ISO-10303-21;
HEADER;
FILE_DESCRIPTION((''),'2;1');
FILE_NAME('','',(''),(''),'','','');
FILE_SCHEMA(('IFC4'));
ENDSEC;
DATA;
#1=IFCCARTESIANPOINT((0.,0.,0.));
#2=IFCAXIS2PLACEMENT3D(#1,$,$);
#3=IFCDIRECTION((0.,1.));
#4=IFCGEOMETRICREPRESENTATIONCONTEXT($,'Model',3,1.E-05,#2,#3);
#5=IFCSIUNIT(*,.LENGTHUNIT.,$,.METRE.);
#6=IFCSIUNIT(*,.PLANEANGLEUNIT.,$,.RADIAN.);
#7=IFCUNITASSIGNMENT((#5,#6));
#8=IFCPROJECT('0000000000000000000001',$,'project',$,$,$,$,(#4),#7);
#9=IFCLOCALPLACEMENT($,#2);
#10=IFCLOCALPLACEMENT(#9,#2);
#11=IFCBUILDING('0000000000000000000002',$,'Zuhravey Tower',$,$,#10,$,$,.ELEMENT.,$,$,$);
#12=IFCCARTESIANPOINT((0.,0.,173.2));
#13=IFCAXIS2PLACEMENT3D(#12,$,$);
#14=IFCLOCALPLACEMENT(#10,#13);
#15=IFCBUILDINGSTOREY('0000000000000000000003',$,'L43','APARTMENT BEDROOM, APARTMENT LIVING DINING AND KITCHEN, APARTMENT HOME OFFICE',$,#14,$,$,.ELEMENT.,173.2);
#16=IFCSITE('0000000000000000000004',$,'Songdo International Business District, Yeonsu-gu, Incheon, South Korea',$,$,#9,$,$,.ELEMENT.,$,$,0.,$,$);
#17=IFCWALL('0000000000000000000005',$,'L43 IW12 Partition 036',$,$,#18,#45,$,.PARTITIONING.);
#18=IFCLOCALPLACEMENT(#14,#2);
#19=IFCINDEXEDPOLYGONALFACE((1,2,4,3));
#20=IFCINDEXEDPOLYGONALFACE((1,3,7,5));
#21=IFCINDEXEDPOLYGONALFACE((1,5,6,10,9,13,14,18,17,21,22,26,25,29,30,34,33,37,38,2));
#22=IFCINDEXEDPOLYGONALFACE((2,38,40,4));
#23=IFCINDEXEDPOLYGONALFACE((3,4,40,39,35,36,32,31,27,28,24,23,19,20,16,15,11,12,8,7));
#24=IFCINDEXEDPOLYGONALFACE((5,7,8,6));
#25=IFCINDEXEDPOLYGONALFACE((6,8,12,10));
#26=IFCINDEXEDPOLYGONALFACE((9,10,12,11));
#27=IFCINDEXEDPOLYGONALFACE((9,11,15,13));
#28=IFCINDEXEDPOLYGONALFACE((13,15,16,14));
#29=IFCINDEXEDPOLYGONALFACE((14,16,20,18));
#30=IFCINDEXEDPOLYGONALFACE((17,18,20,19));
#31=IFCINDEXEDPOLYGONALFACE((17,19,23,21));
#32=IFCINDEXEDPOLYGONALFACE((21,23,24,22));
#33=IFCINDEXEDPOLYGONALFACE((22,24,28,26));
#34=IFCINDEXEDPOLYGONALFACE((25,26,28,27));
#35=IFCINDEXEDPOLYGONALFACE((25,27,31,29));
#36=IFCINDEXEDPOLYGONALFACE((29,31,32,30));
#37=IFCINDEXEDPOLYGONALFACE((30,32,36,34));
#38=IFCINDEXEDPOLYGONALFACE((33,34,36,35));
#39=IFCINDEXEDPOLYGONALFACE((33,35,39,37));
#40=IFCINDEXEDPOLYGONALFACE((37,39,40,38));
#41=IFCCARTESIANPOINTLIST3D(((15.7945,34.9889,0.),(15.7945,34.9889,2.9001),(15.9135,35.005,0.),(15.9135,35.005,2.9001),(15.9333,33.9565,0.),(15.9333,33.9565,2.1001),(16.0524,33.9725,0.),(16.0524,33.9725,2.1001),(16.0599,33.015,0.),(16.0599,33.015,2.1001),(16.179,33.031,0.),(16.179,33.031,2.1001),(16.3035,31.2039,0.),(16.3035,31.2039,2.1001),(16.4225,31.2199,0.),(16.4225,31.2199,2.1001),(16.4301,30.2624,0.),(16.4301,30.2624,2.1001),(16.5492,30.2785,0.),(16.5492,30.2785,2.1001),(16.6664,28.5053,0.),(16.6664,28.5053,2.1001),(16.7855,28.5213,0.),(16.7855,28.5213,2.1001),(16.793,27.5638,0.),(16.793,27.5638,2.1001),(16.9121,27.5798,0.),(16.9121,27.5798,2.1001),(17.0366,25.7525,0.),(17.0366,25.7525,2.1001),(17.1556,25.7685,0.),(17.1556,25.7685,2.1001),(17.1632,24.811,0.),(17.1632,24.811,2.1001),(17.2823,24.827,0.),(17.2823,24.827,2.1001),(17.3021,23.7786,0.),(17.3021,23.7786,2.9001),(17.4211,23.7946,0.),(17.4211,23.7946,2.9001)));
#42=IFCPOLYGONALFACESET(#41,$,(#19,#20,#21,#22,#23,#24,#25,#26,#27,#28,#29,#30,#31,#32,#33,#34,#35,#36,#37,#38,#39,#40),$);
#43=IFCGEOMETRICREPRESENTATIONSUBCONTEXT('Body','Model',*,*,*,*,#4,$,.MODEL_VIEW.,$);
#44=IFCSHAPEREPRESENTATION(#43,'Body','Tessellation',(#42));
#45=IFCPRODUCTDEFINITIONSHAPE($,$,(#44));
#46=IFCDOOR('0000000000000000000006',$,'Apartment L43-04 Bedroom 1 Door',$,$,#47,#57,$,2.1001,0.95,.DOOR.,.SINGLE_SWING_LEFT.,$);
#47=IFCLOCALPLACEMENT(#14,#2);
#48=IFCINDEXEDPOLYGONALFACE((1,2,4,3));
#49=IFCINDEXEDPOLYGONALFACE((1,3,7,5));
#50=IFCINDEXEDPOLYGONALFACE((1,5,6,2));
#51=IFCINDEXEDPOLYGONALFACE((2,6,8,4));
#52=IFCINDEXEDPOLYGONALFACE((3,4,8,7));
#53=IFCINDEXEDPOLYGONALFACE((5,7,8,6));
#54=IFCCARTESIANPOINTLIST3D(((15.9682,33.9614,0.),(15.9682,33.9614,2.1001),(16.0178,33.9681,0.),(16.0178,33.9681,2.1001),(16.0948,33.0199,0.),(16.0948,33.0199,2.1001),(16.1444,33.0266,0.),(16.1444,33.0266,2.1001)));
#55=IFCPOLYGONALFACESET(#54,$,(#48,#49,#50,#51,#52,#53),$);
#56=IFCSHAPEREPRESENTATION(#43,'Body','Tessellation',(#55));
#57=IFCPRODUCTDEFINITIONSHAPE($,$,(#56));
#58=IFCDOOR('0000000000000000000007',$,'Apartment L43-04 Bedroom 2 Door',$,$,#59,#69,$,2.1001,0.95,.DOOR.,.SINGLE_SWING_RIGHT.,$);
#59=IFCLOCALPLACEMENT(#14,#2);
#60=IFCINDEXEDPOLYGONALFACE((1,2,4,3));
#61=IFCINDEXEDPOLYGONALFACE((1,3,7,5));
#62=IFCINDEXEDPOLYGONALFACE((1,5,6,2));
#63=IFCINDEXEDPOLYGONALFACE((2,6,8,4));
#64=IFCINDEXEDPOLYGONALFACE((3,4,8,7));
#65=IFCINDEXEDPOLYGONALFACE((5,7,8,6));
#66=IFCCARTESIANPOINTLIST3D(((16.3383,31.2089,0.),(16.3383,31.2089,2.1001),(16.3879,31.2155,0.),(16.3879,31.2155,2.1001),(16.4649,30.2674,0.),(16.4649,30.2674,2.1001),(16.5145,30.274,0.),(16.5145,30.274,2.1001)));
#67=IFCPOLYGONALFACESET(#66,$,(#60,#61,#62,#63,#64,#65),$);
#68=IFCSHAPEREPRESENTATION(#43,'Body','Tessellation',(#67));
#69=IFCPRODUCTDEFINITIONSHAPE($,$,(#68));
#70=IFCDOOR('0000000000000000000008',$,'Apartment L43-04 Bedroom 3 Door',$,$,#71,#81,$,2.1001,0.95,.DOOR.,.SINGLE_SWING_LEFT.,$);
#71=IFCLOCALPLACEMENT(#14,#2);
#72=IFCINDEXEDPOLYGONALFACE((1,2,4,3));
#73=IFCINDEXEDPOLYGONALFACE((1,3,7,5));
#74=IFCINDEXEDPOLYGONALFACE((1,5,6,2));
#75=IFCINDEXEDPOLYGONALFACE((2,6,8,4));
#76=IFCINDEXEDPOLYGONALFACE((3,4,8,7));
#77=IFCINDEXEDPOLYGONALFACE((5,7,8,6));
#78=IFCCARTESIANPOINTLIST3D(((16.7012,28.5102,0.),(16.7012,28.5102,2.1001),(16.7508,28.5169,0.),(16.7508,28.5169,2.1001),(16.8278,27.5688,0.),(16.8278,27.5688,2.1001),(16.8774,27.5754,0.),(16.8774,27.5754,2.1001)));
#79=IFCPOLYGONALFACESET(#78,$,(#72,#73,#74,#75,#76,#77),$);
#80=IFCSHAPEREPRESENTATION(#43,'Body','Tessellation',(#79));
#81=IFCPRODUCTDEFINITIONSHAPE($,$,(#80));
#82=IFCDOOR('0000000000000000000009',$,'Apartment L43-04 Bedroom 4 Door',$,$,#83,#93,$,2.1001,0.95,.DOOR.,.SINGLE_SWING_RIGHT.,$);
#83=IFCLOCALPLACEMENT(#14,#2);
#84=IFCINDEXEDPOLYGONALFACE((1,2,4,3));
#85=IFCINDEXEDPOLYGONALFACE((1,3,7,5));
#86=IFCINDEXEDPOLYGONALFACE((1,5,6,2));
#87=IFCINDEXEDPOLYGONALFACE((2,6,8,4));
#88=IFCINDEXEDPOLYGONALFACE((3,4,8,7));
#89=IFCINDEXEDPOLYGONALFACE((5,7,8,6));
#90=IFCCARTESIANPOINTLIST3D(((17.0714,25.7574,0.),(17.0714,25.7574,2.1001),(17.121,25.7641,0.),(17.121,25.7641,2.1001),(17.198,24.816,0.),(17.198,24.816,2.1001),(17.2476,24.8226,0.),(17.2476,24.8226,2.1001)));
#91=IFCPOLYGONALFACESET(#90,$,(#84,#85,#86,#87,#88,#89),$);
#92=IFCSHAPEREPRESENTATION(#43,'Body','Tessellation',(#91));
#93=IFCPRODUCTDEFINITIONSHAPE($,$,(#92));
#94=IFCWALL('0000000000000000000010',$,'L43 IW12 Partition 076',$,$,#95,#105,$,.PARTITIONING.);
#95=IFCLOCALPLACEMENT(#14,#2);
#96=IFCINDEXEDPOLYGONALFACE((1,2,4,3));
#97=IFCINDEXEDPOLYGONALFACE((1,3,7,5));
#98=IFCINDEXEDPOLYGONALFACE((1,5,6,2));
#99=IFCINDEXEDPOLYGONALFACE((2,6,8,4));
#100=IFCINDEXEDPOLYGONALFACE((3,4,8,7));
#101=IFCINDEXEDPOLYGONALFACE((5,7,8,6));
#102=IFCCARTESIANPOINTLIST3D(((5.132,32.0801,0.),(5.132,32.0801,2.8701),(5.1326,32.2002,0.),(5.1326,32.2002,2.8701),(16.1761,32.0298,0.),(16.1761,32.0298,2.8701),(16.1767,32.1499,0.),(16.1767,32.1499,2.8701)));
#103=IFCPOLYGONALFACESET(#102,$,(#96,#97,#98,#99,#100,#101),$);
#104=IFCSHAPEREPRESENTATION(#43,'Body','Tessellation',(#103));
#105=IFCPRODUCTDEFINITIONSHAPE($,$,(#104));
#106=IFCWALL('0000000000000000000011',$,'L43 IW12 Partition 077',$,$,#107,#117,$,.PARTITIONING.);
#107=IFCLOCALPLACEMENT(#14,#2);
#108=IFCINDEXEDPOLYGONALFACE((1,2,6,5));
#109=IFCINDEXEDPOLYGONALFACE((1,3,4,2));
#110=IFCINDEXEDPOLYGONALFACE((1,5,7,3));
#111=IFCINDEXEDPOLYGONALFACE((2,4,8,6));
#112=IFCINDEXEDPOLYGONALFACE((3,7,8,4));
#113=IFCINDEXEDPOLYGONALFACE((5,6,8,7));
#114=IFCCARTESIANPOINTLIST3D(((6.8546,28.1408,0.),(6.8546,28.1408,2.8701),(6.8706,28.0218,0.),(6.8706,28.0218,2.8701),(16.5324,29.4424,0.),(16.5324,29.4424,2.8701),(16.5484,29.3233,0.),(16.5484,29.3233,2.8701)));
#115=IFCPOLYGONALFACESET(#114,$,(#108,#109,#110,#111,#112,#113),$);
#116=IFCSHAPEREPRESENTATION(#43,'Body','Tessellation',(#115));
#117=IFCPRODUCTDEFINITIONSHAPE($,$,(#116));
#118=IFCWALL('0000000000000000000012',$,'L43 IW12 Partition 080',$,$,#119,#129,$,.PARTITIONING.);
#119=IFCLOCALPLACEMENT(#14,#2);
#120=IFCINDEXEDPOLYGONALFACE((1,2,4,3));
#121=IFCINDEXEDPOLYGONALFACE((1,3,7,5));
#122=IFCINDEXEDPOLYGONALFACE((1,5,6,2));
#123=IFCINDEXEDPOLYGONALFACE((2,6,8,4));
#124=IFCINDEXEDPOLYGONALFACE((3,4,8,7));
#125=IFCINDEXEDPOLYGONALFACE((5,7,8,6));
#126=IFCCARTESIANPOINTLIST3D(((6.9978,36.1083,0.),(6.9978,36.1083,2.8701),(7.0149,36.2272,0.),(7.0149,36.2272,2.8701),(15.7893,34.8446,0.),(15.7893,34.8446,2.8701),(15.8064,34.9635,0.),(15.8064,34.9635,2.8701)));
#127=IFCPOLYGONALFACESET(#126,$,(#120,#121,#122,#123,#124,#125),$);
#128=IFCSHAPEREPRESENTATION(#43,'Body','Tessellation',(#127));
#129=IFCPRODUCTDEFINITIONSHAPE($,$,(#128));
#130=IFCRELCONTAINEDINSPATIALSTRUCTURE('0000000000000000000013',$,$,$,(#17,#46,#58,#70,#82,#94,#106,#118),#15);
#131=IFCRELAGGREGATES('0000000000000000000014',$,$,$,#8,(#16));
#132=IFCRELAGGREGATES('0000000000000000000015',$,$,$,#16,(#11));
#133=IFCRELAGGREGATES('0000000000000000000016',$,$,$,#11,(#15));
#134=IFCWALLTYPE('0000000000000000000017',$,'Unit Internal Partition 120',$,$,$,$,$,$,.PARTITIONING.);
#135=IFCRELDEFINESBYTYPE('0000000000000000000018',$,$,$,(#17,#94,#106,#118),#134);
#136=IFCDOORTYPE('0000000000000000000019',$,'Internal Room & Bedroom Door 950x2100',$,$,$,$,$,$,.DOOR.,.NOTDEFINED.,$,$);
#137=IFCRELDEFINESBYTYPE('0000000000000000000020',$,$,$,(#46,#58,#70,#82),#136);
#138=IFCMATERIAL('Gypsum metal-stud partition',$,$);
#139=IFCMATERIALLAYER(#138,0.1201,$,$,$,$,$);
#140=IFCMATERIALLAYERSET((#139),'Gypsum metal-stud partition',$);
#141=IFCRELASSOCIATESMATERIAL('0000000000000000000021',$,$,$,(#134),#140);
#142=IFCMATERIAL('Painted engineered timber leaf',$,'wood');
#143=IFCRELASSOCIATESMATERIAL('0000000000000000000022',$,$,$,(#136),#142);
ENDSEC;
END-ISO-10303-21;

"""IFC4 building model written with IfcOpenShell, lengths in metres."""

from ifc_helpers import new_model, si_unit, direction, frame, frame_2d, origin, place, context, subcontext, project, spatial, rectangle, extrude, material, layer, layer_set, type_object, element, fill, save


model = new_model("IFC4")

# Units and contexts
model_context = context("Model", 3, precision=1e-05, world=origin(), true_north=direction((0.0, 1.0)))
body_context = subcontext(model_context, "Body", "Model", "MODEL_VIEW")
ifc_project = project(units=[si_unit("LENGTHUNIT", "METRE"), si_unit("PLANEANGLEUNIT", "RADIAN")], contexts=[model_context])

# Site, building, storey
site_placement = place(None, origin())
site = spatial("IfcSite", under=ifc_project, at=site_placement, Name="Songdo International Business District, Yeonsu-gu, Incheon, South Korea", CompositionType="ELEMENT", RefElevation=0.0)
building_placement = place(site_placement, origin())
building = spatial("IfcBuilding", under=site, at=building_placement, Name="Zuhravey Tower", CompositionType="ELEMENT")
storey_placement = place(building_placement, frame((0.0, 0.0, 173.2)))
storey = spatial("IfcBuildingStorey", under=building, at=storey_placement, Name="L43", Description="APARTMENT BEDROOM, APARTMENT LIVING DINING AND KITCHEN, APARTMENT HOME OFFICE", CompositionType="ELEMENT", Elevation=173.2)

# Wall, openings, doors
ifc_material_1 = material(Name="Gypsum metal-stud partition")
ifc_layer_1 = layer(ifc_material_1, 0.1201)
ifc_layer_set_1 = layer_set([ifc_layer_1], Name="Gypsum metal-stud partition")
wall_type_1 = type_object("IfcWallType", Name="Unit Internal Partition 120", PredefinedType="PARTITIONING", material=ifc_layer_set_1)
ifc_material_2 = material(Name="Painted engineered timber leaf", Category="wood")
door_type_1 = type_object("IfcDoorType", Name="Internal Room & Bedroom Door 950x2100", OperationType="NOTDEFINED", PredefinedType="DOOR", material=ifc_material_2)
wall_1_placement = place(storey_placement, frame((15.854, 34.9971, 0.0), z_axis=(0.0, 0.0, 1.0), x_axis=(0.133279, -0.991079, 0.0)))
wall_1 = element("IfcWall", 1, at=wall_1_placement, inside=storey, type_object=wall_type_1, Name="L43 IW12 Partition 036", PredefinedType="PARTITIONING", context=body_context, shape_type="SweptSolid", body=[
    extrude(rectangle(XDim=11.3113, YDim=0.1201, at=frame_2d((5.6558, 0.0))), origin(), (0.0, 0.0, 1.0), 2.9001),
])
opening_1_placement = place(wall_1_placement, frame((1.0417, 0.0, 0.0)))
opening_1 = element("IfcOpeningElement", 2, at=opening_1_placement, cuts=wall_1, PredefinedType="OPENING", context=body_context, shape_type="SweptSolid", body=[
    extrude(rectangle(XDim=0.95, YDim=2.1001, at=frame_2d((0.4751, 1.05))), frame((0.0, 0.072, 0.0), z_axis=(0.0, -1.0, 0.0), x_axis=(1.0, 0.0, 0.0)), (0.0, 0.0, 1.0), 0.144),
])
opening_2_placement = place(wall_1_placement, frame((3.8191, 0.0, 0.0)))
opening_2 = element("IfcOpeningElement", 3, at=opening_2_placement, cuts=wall_1, PredefinedType="OPENING", context=body_context, shape_type="SweptSolid", body=[
    extrude(rectangle(XDim=0.95, YDim=2.1001, at=frame_2d((0.4751, 1.05))), frame((0.0, 0.072, 0.0), z_axis=(0.0, -1.0, 0.0), x_axis=(1.0, 0.0, 0.0)), (0.0, 0.0, 1.0), 0.144),
])
opening_3_placement = place(wall_1_placement, frame((6.542, 0.0, 0.0)))
opening_3 = element("IfcOpeningElement", 4, at=opening_3_placement, cuts=wall_1, PredefinedType="OPENING", context=body_context, shape_type="SweptSolid", body=[
    extrude(rectangle(XDim=0.95, YDim=2.1001, at=frame_2d((0.4751, 1.05))), frame((0.0, 0.072, 0.0), z_axis=(0.0, -1.0, 0.0), x_axis=(1.0, 0.0, 0.0)), (0.0, 0.0, 1.0), 0.144),
])
opening_4_placement = place(wall_1_placement, frame((9.3196, 0.0, 0.0)))
opening_4 = element("IfcOpeningElement", 5, at=opening_4_placement, cuts=wall_1, PredefinedType="OPENING", context=body_context, shape_type="SweptSolid", body=[
    extrude(rectangle(XDim=0.95, YDim=2.1001, at=frame_2d((0.4751, 1.05))), frame((0.0, 0.072, 0.0), z_axis=(0.0, -1.0, 0.0), x_axis=(1.0, 0.0, 0.0)), (0.0, 0.0, 1.0), 0.144),
])
door_1_placement = place(opening_1_placement, frame((0.95, 0.0, 0.0), z_axis=(0.0, 0.0, 1.0), x_axis=(-1.0, 0.0, 0.0)))
door_1 = element("IfcDoor", 6, at=door_1_placement, inside=storey, type_object=door_type_1, Name="Apartment L43-04 Bedroom 1 Door", OperationType="SINGLE_SWING_LEFT", OverallHeight=2.1001, OverallWidth=0.95, PredefinedType="DOOR", context=body_context, shape_type="SweptSolid", body=[
    extrude(rectangle(XDim=0.95, YDim=2.1001, at=frame_2d((0.4751, 1.05))), frame((0.0, 0.0249, 0.0), z_axis=(0.0, -1.0, 0.0), x_axis=(1.0, 0.0, 0.0)), (0.0, 0.0, 1.0), 0.05),
])
fill(opening_1, door_1)
door_2_placement = place(opening_2_placement, frame((0.95, 0.0, 0.0), z_axis=(0.0, 0.0, 1.0), x_axis=(-1.0, 0.0, 0.0)))
door_2 = element("IfcDoor", 7, at=door_2_placement, inside=storey, type_object=door_type_1, Name="Apartment L43-04 Bedroom 2 Door", OperationType="SINGLE_SWING_RIGHT", OverallHeight=2.1001, OverallWidth=0.95, PredefinedType="DOOR", context=body_context, shape_type="SweptSolid", body=[
    extrude(rectangle(XDim=0.95, YDim=2.1001, at=frame_2d((0.4751, 1.05))), frame((0.0, 0.0249, 0.0), z_axis=(0.0, -1.0, 0.0), x_axis=(1.0, 0.0, 0.0)), (0.0, 0.0, 1.0), 0.05),
])
fill(opening_2, door_2)
door_3_placement = place(opening_3_placement, frame((0.95, 0.0, 0.0), z_axis=(0.0, 0.0, 1.0), x_axis=(-1.0, 0.0, 0.0)))
door_3 = element("IfcDoor", 8, at=door_3_placement, inside=storey, type_object=door_type_1, Name="Apartment L43-04 Bedroom 3 Door", OperationType="SINGLE_SWING_LEFT", OverallHeight=2.1001, OverallWidth=0.95, PredefinedType="DOOR", context=body_context, shape_type="SweptSolid", body=[
    extrude(rectangle(XDim=0.95, YDim=2.1001, at=frame_2d((0.4751, 1.05))), frame((0.0, 0.0249, 0.0), z_axis=(0.0, -1.0, 0.0), x_axis=(1.0, 0.0, 0.0)), (0.0, 0.0, 1.0), 0.05),
])
fill(opening_3, door_3)
door_4_placement = place(opening_4_placement, frame((0.95, 0.0, 0.0), z_axis=(0.0, 0.0, 1.0), x_axis=(-1.0, 0.0, 0.0)))
door_4 = element("IfcDoor", 9, at=door_4_placement, inside=storey, type_object=door_type_1, Name="Apartment L43-04 Bedroom 4 Door", OperationType="SINGLE_SWING_RIGHT", OverallHeight=2.1001, OverallWidth=0.95, PredefinedType="DOOR", context=body_context, shape_type="SweptSolid", body=[
    extrude(rectangle(XDim=0.95, YDim=2.1001, at=frame_2d((0.4751, 1.05))), frame((0.0, 0.0249, 0.0), z_axis=(0.0, -1.0, 0.0), x_axis=(1.0, 0.0, 0.0)), (0.0, 0.0, 1.0), 0.05),
])
fill(opening_4, door_4)

# Walls
wall_2_placement = place(storey_placement, frame((16.1763, 32.0898, 0.0), z_axis=(0.0, 0.0, 1.0), x_axis=(-0.99999, 0.004554, 0.0)))
element("IfcWall", 10, at=wall_2_placement, inside=storey, type_object=wall_type_1, Name="L43 IW12 Partition 076", PredefinedType="PARTITIONING", context=body_context, shape_type="SweptSolid", body=[
    extrude(rectangle(XDim=11.0442, YDim=0.1201, at=frame_2d((5.522, 0.0))), origin(), (0.0, 0.0, 1.0), 2.8701),
])
wall_3_placement = place(storey_placement, frame((16.5403, 29.3828, 0.0), z_axis=(0.0, 0.0, 1.0), x_axis=(-0.991078, -0.133285, 0.0)))
element("IfcWall", 11, at=wall_3_placement, inside=storey, type_object=wall_type_1, Name="L43 IW12 Partition 077", PredefinedType="PARTITIONING", context=body_context, shape_type="SweptSolid", body=[
    extrude(rectangle(XDim=9.7649, YDim=0.1201, at=frame_2d((4.8823, 0.0))), origin(), (0.0, 0.0, 1.0), 2.8701),
])
wall_4_placement = place(storey_placement, frame((15.7979, 34.9041, 0.0), z_axis=(0.0, 0.0, 1.0), x_axis=(-0.989827, 0.142276, 0.0)))
element("IfcWall", 12, at=wall_4_placement, inside=storey, type_object=wall_type_1, Name="L43 IW12 Partition 080", PredefinedType="PARTITIONING", context=body_context, shape_type="SweptSolid", body=[
    extrude(rectangle(XDim=8.8818, YDim=0.1201, at=frame_2d((4.4409, 0.0))), origin(), (0.0, 0.0, 1.0), 2.8701),
])

save(model, "model.ifc")
